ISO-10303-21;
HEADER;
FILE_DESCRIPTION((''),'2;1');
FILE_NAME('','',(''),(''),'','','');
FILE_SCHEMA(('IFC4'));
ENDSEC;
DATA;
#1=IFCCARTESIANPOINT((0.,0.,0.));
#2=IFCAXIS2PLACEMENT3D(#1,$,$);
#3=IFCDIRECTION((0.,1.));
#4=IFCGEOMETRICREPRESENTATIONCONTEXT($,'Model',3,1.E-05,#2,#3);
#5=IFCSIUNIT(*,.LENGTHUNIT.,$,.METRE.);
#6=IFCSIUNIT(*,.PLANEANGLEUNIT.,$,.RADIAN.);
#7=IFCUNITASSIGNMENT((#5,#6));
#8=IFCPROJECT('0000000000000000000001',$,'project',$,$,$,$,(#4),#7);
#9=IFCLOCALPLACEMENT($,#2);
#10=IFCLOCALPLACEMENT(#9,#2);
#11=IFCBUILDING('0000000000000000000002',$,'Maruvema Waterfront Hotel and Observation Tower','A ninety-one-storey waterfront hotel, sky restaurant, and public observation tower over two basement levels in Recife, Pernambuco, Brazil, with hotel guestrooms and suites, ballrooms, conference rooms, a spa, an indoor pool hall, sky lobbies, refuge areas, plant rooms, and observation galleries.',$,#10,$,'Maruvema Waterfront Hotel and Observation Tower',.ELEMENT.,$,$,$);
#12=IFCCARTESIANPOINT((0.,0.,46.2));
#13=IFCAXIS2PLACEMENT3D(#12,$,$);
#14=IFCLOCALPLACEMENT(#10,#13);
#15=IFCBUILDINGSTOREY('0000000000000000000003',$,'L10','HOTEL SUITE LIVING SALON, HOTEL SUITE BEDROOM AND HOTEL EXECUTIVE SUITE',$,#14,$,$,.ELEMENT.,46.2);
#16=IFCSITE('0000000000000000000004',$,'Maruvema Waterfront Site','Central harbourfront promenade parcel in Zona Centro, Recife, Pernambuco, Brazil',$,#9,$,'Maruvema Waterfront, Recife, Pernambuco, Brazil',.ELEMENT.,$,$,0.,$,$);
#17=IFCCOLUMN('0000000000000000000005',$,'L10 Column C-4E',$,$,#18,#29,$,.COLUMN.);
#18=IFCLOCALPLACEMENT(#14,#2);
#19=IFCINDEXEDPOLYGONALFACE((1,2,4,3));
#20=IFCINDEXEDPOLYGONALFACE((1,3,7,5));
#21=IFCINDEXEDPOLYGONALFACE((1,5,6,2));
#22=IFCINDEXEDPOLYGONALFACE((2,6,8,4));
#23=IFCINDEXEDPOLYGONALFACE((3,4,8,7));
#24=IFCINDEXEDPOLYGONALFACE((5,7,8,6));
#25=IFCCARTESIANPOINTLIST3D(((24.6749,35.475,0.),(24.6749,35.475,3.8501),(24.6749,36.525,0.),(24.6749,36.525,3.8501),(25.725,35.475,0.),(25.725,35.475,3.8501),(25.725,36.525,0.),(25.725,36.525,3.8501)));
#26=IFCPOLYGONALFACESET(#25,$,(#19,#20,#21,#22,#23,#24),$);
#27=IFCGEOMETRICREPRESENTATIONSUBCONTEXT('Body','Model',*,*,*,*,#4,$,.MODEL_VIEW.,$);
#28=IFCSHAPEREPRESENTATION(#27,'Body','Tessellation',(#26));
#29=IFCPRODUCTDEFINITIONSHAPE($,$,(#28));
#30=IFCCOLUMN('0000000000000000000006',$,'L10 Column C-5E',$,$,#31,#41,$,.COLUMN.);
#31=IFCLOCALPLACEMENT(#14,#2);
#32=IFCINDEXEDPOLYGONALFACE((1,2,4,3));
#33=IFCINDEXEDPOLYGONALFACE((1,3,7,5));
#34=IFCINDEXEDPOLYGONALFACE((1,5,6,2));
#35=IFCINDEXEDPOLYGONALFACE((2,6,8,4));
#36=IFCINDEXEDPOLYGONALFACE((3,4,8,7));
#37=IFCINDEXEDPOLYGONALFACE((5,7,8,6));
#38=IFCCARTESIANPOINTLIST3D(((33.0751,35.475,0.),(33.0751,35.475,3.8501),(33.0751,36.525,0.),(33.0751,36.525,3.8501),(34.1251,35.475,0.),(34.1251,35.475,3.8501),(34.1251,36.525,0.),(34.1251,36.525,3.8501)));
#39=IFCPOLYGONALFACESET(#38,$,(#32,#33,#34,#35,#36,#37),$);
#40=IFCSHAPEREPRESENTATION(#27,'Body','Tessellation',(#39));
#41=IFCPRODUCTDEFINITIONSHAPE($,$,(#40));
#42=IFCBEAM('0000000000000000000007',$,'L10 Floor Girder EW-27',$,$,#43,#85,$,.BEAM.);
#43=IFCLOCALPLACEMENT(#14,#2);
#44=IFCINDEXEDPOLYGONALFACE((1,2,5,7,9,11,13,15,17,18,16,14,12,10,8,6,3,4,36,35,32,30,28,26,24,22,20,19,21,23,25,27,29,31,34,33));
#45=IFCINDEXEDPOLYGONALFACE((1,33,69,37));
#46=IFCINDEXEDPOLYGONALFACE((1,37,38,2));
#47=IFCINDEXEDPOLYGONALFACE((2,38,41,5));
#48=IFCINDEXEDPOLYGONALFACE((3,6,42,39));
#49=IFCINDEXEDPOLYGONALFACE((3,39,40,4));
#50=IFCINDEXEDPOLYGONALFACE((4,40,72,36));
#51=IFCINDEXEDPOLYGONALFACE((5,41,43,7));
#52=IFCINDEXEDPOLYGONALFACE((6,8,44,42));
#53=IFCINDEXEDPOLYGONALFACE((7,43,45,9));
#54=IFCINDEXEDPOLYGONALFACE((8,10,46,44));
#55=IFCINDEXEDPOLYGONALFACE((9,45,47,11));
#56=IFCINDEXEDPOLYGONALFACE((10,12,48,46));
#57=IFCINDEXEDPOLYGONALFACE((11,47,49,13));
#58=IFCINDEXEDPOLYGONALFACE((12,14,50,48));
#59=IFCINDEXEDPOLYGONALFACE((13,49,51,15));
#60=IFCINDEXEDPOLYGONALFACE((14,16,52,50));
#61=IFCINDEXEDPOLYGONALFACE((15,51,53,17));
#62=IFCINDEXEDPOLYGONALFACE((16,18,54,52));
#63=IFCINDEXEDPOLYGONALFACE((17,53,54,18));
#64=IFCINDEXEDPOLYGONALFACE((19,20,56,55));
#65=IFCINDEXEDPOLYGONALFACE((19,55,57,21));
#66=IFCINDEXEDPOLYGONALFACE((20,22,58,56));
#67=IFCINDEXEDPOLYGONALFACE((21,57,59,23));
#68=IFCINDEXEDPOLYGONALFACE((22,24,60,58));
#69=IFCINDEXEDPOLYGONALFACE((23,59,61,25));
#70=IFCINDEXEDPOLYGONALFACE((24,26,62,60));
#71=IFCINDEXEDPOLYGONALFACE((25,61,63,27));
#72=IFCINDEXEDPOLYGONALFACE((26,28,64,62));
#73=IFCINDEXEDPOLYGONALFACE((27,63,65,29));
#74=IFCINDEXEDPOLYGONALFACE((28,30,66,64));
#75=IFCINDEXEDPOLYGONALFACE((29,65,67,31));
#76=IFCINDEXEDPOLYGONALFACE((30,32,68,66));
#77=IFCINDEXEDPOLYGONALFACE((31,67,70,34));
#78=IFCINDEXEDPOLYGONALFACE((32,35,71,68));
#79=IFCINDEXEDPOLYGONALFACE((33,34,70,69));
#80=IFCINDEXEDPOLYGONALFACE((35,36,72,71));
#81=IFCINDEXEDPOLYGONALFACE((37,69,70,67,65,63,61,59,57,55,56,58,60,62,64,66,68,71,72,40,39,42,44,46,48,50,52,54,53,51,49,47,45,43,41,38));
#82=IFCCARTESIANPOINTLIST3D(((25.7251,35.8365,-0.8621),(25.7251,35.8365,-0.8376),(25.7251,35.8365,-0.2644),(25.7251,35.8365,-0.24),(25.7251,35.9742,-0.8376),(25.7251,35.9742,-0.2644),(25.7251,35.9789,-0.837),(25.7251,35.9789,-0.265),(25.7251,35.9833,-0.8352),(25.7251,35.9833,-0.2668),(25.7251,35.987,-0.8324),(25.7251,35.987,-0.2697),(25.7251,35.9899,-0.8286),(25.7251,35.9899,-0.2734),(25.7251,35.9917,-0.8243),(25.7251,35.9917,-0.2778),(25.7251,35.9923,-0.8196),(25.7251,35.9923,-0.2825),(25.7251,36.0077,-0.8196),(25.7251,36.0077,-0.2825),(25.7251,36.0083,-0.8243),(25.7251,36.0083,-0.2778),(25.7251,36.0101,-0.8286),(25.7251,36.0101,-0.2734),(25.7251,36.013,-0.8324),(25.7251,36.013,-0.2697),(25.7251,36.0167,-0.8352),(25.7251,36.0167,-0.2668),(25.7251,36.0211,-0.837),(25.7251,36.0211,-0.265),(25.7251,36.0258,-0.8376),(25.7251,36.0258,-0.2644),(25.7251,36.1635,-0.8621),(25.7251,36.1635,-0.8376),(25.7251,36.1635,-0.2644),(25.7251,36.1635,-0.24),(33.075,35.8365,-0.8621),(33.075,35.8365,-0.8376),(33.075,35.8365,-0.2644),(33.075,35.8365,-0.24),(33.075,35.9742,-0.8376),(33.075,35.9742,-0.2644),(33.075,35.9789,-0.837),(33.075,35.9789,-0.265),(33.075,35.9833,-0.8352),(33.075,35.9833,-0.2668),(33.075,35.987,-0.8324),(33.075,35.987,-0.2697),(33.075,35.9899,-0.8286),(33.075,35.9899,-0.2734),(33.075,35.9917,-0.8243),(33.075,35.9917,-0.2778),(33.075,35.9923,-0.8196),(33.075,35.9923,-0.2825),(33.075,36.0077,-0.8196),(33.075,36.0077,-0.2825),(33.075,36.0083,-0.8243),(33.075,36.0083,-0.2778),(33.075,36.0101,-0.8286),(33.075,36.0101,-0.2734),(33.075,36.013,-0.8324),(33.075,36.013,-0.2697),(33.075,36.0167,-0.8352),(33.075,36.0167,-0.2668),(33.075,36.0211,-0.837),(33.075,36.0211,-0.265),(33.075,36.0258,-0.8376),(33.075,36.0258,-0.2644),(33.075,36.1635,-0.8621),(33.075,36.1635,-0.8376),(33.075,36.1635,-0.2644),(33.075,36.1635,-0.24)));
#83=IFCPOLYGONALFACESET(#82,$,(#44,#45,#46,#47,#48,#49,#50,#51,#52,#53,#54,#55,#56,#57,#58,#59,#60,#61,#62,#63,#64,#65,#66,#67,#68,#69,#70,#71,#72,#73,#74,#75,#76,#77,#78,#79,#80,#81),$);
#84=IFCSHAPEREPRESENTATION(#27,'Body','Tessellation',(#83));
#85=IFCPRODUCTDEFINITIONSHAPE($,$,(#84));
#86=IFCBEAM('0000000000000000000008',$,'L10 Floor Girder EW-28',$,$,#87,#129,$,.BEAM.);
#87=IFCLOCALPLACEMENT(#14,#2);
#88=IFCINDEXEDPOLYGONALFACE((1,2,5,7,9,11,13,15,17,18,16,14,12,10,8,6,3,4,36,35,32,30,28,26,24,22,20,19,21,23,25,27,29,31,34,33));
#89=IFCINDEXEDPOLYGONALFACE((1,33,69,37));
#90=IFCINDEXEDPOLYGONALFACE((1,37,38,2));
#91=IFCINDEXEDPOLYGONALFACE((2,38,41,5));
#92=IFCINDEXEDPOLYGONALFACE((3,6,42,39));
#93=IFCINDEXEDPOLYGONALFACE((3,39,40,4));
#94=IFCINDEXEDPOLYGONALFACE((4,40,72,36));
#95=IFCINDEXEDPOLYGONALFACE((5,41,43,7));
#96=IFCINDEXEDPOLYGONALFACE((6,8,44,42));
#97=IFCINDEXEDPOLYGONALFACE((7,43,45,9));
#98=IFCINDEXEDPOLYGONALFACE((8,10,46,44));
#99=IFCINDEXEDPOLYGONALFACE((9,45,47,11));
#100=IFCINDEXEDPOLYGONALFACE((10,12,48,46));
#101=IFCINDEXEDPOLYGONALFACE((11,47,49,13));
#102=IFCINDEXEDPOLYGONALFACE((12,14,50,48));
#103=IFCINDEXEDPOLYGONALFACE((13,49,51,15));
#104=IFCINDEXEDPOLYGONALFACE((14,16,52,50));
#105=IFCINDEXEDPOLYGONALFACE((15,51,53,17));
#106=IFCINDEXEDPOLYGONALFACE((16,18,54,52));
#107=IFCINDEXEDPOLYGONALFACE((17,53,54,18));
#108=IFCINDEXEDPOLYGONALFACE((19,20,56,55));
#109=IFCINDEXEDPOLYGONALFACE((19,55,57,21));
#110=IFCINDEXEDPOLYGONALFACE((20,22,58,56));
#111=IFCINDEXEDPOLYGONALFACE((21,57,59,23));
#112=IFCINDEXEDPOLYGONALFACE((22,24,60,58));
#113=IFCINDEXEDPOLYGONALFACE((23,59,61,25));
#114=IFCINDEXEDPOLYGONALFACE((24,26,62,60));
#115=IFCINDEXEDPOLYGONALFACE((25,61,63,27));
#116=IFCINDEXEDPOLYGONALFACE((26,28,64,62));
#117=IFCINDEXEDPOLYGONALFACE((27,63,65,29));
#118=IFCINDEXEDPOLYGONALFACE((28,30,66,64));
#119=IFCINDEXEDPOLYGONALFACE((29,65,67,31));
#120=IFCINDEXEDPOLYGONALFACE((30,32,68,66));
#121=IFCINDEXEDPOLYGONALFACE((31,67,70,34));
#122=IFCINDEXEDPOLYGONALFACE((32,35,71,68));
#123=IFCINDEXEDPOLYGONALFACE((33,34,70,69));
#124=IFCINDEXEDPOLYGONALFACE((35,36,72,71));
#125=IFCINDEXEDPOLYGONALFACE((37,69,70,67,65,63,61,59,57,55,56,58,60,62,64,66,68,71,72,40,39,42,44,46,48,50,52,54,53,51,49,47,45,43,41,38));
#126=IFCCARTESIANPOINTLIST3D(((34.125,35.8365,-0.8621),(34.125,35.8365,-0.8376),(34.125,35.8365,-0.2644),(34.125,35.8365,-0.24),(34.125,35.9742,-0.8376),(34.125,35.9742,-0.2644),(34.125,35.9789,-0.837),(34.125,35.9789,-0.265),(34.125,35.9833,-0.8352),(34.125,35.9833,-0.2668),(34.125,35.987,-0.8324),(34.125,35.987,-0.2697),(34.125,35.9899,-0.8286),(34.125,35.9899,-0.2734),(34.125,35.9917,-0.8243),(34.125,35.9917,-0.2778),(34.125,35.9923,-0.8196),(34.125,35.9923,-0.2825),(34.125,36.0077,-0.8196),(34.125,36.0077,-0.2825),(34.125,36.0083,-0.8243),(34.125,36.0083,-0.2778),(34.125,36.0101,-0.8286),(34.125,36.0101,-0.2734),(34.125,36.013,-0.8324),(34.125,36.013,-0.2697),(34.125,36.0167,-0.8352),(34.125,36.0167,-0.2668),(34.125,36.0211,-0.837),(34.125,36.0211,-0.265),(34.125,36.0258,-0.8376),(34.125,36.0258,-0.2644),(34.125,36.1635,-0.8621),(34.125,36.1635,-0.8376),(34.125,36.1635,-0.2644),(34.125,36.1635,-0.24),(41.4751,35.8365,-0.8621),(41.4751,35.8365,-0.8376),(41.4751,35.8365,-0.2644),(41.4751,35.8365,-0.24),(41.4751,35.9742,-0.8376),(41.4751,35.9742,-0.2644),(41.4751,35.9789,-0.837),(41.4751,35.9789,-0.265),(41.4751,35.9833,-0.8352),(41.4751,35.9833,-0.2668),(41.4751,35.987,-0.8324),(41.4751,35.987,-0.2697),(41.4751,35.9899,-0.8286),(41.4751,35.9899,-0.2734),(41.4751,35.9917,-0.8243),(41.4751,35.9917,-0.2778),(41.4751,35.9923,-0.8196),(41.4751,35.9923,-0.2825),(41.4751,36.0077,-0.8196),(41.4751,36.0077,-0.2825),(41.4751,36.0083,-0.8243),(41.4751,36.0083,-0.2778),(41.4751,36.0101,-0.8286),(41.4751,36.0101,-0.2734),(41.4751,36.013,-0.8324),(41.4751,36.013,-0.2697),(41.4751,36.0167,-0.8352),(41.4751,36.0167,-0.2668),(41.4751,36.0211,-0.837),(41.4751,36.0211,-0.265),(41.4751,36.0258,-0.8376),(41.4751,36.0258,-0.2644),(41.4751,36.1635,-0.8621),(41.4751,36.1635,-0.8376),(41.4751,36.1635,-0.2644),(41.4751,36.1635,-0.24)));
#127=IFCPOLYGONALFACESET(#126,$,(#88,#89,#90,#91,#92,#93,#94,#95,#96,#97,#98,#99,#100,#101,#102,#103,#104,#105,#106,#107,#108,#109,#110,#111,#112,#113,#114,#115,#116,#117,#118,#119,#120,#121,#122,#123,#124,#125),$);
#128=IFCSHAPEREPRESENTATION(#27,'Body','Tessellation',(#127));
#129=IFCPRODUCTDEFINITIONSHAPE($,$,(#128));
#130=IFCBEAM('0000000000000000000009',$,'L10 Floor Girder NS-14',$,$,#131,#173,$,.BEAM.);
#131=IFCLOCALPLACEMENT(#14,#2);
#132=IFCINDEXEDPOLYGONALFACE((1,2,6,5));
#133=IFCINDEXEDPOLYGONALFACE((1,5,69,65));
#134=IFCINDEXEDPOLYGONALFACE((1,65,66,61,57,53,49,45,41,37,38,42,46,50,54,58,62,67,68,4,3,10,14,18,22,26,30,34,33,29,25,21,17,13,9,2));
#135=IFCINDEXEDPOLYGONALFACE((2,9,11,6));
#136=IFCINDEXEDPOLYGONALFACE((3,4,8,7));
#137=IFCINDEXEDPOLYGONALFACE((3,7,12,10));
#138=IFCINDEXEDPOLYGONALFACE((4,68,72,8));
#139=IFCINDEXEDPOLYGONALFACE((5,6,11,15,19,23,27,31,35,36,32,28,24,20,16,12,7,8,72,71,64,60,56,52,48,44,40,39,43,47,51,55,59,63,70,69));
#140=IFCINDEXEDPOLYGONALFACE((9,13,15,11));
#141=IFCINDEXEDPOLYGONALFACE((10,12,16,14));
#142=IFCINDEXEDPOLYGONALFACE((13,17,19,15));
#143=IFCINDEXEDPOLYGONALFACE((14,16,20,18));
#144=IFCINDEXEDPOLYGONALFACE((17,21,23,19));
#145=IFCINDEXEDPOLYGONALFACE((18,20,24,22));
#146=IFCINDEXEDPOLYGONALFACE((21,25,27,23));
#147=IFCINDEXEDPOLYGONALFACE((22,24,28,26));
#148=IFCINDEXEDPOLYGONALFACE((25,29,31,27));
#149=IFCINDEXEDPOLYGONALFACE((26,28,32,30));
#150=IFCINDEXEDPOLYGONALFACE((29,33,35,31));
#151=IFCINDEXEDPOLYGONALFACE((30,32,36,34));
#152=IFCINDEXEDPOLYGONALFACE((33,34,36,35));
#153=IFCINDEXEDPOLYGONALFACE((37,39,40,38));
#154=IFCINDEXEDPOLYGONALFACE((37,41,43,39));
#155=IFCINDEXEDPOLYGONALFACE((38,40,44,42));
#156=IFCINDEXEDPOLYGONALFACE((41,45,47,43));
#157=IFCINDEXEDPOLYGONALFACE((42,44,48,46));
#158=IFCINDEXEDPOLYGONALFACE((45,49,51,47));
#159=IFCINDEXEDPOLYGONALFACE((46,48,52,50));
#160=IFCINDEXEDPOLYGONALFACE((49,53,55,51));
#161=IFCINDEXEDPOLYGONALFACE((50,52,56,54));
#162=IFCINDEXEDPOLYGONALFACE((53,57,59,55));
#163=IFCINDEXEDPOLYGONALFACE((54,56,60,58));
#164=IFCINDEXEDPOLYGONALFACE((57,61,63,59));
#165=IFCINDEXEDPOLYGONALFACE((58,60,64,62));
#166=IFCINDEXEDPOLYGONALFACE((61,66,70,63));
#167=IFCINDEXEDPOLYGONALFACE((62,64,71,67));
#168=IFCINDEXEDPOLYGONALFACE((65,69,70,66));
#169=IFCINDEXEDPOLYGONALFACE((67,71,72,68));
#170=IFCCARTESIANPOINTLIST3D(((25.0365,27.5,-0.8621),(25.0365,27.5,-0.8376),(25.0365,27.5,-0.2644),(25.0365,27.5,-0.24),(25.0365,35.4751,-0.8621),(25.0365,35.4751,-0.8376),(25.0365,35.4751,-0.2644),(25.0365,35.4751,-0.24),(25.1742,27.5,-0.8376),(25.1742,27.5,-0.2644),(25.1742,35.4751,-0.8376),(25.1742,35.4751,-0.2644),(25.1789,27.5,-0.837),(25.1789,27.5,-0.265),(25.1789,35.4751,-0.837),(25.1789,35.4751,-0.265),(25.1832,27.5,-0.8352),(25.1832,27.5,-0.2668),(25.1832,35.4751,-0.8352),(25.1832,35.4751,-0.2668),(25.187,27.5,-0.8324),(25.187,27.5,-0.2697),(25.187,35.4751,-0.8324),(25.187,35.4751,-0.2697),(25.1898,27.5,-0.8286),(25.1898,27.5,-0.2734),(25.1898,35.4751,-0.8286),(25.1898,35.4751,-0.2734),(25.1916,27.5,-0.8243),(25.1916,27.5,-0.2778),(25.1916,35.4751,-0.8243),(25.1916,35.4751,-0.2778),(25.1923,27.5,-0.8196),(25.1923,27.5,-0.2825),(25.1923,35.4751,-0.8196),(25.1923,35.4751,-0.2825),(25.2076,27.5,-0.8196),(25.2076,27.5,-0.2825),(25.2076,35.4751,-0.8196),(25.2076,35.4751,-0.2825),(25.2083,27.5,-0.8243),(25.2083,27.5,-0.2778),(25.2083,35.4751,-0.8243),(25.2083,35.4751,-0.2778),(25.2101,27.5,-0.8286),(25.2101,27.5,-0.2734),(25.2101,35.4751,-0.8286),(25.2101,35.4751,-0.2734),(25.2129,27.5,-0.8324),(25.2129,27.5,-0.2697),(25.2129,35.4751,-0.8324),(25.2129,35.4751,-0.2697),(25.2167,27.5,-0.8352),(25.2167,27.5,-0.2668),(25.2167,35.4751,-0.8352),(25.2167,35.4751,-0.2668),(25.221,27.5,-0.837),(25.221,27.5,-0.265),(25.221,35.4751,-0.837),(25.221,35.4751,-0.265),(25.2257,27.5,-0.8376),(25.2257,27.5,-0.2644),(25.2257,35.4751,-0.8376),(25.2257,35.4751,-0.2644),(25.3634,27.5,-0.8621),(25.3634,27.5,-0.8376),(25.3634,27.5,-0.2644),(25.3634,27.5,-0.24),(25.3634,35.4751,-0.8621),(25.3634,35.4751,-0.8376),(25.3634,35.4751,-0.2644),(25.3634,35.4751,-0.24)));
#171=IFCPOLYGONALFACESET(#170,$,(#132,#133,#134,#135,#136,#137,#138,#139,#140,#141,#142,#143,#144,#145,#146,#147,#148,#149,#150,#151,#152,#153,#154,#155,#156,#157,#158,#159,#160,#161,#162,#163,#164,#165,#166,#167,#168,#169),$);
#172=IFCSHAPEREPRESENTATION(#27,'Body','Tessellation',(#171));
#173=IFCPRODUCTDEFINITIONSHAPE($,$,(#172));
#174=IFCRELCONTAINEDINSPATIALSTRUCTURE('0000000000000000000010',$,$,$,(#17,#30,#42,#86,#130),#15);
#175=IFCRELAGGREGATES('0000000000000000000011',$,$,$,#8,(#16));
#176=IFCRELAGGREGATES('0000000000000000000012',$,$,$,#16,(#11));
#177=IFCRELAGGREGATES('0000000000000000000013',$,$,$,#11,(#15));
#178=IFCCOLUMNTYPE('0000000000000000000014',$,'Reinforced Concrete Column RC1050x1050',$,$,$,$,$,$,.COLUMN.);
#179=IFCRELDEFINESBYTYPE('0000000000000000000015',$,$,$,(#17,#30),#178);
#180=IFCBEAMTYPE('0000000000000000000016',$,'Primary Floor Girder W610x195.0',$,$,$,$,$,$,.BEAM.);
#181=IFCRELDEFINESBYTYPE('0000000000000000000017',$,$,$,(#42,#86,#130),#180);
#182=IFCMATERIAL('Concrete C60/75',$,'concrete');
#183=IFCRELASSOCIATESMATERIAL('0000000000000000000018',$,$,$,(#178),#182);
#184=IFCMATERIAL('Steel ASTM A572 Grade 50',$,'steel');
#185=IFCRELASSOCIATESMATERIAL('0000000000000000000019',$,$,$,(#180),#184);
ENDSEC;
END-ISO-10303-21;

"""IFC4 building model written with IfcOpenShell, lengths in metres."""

from ifc_helpers import new_model, si_unit, direction, frame, origin, origin_2d, place, context, subcontext, project, spatial, rectangle, i_section, extrude, material, material_profile, profile_set, type_object, element, save


model = new_model("IFC4")

# Units and contexts
model_context = context("Model", 3, precision=1e-05, world=origin(), true_north=direction((0.0, 1.0)))
body_context = subcontext(model_context, "Body", "Model", "MODEL_VIEW")
ifc_project = project(units=[si_unit("LENGTHUNIT", "METRE"), si_unit("PLANEANGLEUNIT", "RADIAN")], contexts=[model_context])

# Site, building, storey
site_placement = place(None, origin())
site = spatial("IfcSite", under=ifc_project, at=site_placement, Name="Maruvema Waterfront Site", Description="Central harbourfront promenade parcel in Zona Centro, Recife, Pernambuco, Brazil", LongName="Maruvema Waterfront, Recife, Pernambuco, Brazil", CompositionType="ELEMENT", RefElevation=0.0)
building_placement = place(site_placement, origin())
building = spatial("IfcBuilding", under=site, at=building_placement, Name="Maruvema Waterfront Hotel and Observation Tower", Description="A ninety-one-storey waterfront hotel, sky restaurant, and public observation tower over two basement levels in Recife, Pernambuco, Brazil, with hotel guestrooms and suites, ballrooms, conference rooms, a spa, an indoor pool hall, sky lobbies, refuge areas, plant rooms, and observation galleries.", LongName="Maruvema Waterfront Hotel and Observation Tower", CompositionType="ELEMENT")
storey_placement = place(building_placement, frame((0.0, 0.0, 46.2)))
storey = spatial("IfcBuildingStorey", under=building, at=storey_placement, Name="L10", Description="HOTEL SUITE LIVING SALON, HOTEL SUITE BEDROOM AND HOTEL EXECUTIVE SUITE", CompositionType="ELEMENT", Elevation=46.2)

# Columns
ifc_material_1 = material(Name="Concrete C60/75", Category="concrete")
ifc_material_profile_1 = material_profile(ifc_material_1, rectangle(XDim=1.05, YDim=1.05, at=origin_2d()), Name="RC1050x1050")
ifc_profile_set_1 = profile_set([ifc_material_profile_1], Name="Concrete C60/75")
column_type = type_object("IfcColumnType", Name="Reinforced Concrete Column RC1050x1050", PredefinedType="COLUMN", material=ifc_profile_set_1)
for number, where, z_axis, x_axis, name in (
    (1, (25.2, 36.0, 0.0), (0.0, 0.0, 1.0), (1.0, 0.0, 0.0), "L10 Column C-4E"),
    (2, (33.6001, 36.0, 0.0), (0.0, 0.0, 1.0), (1.0, 0.0, 0.0), "L10 Column C-5E"),
):
    element("IfcColumn", number, at=place(storey_placement, frame(where, z_axis=z_axis, x_axis=x_axis)), inside=storey, type_object=column_type, Name=name, PredefinedType="COLUMN", context=body_context, shape_type="SweptSolid", body=[
        extrude(rectangle(XDim=1.05, YDim=1.05, at=origin_2d()), origin(), (0.0, 0.0, 1.0), 3.8501),
    ])

# Beams
ifc_material_2 = material(Name="Steel ASTM A572 Grade 50", Category="steel")
ifc_material_profile_2 = material_profile(ifc_material_2, i_section(OverallWidth=0.3269, OverallDepth=0.6221, WebThickness=0.0154, FlangeThickness=0.0244, FilletRadius=0.0181, at=origin_2d()), Name="W610x195.0")
ifc_profile_set_2 = profile_set([ifc_material_profile_2], Name="Steel ASTM A572 Grade 50")
beam_type_1 = type_object("IfcBeamType", Name="Primary Floor Girder W610x195.0", PredefinedType="BEAM", material=ifc_profile_set_2)
beam_1_placement = place(storey_placement, frame((25.7251, 36.0, -0.551), z_axis=(1.0, 0.0, 0.0), x_axis=(0.0, 1.0, 0.0)))
element("IfcBeam", 3, at=beam_1_placement, inside=storey, type_object=beam_type_1, Name="L10 Floor Girder EW-27", PredefinedType="BEAM", context=body_context, shape_type="SweptSolid", body=[
    extrude(i_section(OverallWidth=0.3269, OverallDepth=0.6221, WebThickness=0.0154, FlangeThickness=0.0244, FilletRadius=0.0181, at=origin_2d()), origin(), (0.0, 0.0, 1.0), 7.3499),
])
beam_2_placement = place(storey_placement, frame((34.125, 36.0, -0.551), z_axis=(1.0, 0.0, 0.0), x_axis=(0.0, 1.0, 0.0)))
element("IfcBeam", 4, at=beam_2_placement, inside=storey, type_object=beam_type_1, Name="L10 Floor Girder EW-28", PredefinedType="BEAM", context=body_context, shape_type="SweptSolid", body=[
    extrude(i_section(OverallWidth=0.3269, OverallDepth=0.6221, WebThickness=0.0154, FlangeThickness=0.0244, FilletRadius=0.0181, at=origin_2d()), origin(), (0.0, 0.0, 1.0), 7.3501),
])
for number, where, z_axis, x_axis, name in (
    (5, (25.2, 27.5, -0.551), (0.0, 1.0, 0.0), (-1.0, 0.0, 0.0), "L10 Floor Girder NS-14"),
):
    element("IfcBeam", number, at=place(storey_placement, frame(where, z_axis=z_axis, x_axis=x_axis)), inside=storey, type_object=beam_type_1, Name=name, PredefinedType="BEAM", context=body_context, shape_type="SweptSolid", body=[
        extrude(i_section(OverallWidth=0.3269, OverallDepth=0.6221, WebThickness=0.0154, FlangeThickness=0.0244, FilletRadius=0.0181, at=origin_2d()), origin(), (0.0, 0.0, 1.0), 7.9751),
    ])

save(model, "model.ifc")
